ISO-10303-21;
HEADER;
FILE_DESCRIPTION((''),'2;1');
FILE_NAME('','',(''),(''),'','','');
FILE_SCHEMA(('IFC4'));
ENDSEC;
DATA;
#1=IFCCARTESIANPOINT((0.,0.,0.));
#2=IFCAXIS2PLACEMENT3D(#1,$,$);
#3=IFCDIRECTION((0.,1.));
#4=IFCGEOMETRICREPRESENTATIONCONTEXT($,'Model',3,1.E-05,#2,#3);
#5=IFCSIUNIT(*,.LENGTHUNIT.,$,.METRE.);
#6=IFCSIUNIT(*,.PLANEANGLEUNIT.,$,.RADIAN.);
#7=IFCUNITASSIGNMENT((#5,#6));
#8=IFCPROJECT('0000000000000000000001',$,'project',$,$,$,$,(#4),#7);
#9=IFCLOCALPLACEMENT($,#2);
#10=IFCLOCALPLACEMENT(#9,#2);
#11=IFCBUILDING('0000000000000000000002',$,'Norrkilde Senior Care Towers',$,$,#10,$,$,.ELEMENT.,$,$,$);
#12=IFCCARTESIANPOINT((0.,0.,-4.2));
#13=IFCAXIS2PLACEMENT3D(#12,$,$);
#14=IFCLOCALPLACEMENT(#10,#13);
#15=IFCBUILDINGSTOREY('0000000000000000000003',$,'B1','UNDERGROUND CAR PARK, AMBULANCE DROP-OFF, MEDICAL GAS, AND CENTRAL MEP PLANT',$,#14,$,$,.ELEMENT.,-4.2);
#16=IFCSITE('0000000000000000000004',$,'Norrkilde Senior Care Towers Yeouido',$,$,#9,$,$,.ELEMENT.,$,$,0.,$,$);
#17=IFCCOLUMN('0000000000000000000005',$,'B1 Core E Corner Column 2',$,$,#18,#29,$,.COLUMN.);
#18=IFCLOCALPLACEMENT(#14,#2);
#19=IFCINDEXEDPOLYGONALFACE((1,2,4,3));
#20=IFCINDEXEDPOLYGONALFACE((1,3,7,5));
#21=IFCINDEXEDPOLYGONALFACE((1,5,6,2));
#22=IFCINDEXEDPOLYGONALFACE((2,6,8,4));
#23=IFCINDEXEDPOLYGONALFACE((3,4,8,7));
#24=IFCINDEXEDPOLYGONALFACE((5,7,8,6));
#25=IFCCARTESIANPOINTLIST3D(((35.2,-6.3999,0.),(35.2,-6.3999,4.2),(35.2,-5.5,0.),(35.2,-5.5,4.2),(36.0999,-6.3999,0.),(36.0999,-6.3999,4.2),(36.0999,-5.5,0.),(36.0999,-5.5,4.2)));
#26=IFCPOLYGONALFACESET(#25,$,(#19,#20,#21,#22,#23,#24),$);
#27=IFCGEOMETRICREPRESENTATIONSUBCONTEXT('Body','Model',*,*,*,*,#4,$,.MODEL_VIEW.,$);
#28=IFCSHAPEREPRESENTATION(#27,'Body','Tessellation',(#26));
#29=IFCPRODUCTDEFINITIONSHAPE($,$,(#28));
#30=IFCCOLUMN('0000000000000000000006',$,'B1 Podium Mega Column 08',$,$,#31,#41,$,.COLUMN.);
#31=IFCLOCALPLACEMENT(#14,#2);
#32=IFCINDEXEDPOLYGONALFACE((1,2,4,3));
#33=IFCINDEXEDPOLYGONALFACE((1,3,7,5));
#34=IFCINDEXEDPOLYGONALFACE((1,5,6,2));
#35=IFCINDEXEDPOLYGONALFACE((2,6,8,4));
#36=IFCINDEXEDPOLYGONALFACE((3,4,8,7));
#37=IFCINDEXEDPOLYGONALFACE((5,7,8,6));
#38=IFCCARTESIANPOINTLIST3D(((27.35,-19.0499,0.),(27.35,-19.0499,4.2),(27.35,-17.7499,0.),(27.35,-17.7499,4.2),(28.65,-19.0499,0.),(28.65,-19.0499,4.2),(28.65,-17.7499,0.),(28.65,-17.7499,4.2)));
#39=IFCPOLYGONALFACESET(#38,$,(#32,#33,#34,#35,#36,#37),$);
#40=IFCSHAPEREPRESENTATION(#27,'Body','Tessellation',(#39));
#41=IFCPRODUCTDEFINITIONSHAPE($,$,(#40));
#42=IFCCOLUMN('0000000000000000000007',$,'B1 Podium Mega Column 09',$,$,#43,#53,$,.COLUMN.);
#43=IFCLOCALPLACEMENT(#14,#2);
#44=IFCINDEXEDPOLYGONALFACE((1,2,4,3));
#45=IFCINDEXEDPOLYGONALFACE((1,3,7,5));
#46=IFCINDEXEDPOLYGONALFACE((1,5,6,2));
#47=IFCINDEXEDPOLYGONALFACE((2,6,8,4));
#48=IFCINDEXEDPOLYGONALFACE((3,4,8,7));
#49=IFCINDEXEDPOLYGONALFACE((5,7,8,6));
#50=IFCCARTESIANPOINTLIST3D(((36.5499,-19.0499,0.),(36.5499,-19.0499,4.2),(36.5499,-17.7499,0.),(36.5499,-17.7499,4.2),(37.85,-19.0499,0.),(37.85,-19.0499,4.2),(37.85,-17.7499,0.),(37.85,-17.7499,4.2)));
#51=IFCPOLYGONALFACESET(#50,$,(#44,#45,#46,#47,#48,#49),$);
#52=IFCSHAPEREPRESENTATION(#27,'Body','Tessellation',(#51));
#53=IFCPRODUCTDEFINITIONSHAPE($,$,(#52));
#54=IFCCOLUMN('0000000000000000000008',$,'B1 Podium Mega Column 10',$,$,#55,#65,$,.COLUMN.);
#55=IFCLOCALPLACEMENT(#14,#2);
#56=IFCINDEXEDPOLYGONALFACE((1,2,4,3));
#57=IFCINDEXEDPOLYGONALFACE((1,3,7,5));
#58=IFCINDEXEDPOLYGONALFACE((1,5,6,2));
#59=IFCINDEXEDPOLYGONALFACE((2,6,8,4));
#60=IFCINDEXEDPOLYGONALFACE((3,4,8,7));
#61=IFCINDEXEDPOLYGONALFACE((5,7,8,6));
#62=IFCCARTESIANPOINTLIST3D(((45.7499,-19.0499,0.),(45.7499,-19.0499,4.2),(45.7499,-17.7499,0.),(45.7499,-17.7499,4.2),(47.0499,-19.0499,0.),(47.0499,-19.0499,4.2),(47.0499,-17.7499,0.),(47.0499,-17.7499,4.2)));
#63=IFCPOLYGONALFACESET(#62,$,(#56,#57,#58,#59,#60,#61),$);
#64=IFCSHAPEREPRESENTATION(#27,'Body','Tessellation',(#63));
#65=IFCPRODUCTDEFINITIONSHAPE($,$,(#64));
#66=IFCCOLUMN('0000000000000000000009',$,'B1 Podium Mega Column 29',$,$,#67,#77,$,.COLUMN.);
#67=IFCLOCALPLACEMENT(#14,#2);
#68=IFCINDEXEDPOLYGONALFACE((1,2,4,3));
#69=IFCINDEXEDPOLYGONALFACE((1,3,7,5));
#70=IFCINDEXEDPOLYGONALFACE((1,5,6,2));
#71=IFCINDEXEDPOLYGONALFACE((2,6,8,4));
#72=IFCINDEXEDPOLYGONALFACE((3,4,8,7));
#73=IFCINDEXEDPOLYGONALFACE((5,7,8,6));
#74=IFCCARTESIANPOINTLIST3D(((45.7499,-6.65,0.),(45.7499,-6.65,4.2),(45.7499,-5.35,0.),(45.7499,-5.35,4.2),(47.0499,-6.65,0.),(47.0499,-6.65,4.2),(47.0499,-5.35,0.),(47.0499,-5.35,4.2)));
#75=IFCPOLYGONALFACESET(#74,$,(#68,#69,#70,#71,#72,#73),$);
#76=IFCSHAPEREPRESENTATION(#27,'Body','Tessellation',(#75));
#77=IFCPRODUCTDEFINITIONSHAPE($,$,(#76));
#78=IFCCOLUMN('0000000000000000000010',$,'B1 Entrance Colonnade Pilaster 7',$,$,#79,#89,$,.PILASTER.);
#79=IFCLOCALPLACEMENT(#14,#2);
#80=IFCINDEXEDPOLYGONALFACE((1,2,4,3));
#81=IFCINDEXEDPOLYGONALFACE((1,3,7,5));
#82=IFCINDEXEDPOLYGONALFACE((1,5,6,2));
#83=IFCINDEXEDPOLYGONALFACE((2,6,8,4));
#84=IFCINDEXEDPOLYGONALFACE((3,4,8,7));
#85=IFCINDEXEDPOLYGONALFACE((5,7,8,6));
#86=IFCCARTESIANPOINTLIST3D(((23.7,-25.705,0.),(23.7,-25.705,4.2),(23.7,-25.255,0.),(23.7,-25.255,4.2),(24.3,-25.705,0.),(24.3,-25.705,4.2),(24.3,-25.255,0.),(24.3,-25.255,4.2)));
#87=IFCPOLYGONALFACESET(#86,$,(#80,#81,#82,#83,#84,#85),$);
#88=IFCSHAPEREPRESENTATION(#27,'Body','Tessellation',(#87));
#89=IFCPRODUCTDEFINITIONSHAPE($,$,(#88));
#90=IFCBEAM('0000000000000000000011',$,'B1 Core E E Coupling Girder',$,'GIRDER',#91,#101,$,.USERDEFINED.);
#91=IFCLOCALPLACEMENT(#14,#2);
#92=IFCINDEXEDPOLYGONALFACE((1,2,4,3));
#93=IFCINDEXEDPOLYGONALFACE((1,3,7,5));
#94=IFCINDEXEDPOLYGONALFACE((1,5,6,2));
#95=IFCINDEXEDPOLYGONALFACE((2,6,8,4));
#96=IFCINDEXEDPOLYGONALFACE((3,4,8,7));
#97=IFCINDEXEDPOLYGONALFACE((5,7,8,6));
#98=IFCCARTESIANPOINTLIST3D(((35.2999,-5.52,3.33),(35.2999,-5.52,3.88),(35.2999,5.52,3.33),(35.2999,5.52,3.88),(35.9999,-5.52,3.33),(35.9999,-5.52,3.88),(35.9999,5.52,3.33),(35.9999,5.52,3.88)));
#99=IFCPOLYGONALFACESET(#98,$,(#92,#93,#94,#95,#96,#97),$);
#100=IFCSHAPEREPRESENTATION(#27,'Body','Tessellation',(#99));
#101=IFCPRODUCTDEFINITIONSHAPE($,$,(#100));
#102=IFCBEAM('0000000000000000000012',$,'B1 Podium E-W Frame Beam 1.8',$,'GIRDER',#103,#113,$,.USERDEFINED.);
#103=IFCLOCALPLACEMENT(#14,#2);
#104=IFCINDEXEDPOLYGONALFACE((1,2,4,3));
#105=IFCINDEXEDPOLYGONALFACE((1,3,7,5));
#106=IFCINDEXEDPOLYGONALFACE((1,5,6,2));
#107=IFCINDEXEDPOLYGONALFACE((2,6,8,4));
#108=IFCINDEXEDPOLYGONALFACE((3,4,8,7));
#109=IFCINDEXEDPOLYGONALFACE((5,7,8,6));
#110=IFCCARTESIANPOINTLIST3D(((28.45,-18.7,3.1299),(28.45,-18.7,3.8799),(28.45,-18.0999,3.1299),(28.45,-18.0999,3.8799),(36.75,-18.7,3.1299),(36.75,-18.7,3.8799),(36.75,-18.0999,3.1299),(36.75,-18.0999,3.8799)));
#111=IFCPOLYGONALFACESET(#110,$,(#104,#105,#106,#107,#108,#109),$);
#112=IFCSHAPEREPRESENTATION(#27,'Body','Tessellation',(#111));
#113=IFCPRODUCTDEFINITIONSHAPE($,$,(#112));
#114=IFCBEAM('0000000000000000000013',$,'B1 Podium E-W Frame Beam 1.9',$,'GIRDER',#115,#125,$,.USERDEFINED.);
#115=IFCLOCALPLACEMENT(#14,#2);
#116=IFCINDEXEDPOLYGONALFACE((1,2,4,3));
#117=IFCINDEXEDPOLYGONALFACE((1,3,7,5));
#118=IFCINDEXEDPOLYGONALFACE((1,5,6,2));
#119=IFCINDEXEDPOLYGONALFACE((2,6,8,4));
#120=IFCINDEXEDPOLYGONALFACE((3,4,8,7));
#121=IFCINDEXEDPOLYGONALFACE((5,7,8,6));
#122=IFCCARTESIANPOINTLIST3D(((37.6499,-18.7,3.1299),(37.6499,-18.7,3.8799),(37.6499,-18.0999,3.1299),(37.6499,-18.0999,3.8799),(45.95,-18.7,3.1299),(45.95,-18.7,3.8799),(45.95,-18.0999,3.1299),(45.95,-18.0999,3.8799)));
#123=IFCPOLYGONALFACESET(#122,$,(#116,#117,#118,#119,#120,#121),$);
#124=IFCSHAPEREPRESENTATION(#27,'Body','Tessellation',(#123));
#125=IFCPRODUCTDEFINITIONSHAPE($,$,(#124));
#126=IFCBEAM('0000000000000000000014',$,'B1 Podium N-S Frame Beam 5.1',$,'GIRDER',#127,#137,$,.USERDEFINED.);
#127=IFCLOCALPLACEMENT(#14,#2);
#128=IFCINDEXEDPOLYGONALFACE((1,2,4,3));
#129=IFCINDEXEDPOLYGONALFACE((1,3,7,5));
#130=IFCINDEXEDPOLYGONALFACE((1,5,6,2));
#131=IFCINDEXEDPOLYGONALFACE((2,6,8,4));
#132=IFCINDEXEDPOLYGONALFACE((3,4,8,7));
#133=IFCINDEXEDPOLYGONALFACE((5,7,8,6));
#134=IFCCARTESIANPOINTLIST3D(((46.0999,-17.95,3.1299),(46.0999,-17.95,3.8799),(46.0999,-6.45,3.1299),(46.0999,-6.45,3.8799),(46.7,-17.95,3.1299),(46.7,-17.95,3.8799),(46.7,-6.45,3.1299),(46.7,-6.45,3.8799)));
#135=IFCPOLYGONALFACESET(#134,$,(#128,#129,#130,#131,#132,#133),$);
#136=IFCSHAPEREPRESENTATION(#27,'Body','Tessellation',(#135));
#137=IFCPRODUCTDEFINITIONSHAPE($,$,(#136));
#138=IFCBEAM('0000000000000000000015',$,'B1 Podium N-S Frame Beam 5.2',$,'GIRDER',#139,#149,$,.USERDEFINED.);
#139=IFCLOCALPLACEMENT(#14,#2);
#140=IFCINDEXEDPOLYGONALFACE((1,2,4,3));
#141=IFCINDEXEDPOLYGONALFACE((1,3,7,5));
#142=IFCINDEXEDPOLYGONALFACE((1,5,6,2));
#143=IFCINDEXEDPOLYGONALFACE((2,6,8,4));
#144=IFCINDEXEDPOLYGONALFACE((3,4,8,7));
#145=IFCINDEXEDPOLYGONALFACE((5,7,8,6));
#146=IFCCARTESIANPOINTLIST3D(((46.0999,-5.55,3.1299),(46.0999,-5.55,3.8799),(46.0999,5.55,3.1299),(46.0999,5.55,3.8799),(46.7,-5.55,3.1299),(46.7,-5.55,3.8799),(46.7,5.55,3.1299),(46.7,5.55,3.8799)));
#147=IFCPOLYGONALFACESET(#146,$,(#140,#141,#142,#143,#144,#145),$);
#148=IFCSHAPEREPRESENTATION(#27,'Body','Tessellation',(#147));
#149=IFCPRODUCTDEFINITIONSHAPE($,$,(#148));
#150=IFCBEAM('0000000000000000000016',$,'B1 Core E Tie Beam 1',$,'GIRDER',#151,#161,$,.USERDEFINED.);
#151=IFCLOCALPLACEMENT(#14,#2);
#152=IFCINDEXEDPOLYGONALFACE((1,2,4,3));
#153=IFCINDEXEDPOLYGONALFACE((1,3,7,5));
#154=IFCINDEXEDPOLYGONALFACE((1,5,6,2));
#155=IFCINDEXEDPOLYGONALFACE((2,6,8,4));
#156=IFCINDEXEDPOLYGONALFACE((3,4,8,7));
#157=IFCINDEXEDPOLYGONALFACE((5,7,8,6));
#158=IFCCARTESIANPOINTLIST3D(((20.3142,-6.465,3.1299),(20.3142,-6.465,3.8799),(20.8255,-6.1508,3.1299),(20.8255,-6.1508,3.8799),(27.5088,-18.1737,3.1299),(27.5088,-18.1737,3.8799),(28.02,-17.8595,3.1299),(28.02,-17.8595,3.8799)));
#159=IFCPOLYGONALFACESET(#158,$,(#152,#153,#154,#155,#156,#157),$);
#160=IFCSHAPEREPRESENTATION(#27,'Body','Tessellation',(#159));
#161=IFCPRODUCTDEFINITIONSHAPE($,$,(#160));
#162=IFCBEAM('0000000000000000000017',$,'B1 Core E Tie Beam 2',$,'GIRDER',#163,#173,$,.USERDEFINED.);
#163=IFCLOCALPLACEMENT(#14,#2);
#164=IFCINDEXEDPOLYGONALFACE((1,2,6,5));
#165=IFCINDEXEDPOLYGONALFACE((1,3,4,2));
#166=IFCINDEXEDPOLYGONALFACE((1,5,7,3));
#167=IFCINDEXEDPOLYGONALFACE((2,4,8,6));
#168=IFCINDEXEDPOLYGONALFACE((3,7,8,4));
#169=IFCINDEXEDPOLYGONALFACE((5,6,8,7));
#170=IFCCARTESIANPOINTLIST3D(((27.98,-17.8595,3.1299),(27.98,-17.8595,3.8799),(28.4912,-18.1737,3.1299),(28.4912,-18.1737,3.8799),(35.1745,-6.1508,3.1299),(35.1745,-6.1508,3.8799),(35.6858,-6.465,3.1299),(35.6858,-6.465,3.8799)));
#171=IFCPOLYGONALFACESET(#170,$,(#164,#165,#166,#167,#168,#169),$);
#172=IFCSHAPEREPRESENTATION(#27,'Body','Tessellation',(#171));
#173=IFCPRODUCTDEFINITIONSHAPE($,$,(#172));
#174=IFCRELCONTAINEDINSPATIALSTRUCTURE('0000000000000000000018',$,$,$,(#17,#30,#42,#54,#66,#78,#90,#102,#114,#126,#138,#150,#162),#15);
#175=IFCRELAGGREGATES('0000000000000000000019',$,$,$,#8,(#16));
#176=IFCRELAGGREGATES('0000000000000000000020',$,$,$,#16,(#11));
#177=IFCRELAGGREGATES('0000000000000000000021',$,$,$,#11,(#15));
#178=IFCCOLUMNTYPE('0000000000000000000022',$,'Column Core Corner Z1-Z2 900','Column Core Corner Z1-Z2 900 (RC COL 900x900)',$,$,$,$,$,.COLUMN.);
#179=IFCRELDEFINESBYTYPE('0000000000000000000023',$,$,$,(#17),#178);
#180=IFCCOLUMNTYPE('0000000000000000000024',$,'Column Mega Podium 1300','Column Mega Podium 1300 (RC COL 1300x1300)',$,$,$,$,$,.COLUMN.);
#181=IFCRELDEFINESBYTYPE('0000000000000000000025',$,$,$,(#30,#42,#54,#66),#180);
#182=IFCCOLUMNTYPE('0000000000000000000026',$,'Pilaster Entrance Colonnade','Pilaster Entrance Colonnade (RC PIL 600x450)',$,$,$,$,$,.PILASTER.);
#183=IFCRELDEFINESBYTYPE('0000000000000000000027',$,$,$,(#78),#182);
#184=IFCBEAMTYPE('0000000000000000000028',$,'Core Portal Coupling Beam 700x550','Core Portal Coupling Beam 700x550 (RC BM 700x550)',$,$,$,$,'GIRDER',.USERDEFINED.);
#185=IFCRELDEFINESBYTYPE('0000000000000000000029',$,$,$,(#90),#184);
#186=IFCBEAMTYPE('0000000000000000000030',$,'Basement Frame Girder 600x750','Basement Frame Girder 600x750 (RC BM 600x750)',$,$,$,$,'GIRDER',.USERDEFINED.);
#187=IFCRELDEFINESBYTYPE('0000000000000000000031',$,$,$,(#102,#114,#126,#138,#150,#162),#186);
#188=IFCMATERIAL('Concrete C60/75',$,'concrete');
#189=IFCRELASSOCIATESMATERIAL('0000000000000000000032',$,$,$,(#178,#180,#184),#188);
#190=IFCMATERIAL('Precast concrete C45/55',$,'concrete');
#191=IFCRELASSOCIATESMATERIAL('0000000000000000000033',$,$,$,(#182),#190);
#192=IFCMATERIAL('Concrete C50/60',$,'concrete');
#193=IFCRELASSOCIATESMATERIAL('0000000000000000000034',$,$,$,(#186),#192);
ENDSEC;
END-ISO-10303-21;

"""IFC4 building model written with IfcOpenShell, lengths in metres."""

from ifc_helpers import new_model, si_unit, direction, frame, origin, origin_2d, place, context, subcontext, project, spatial, rectangle, extrude, source, transform, mapped, material, material_profile, profile_set, type_object, type_shapes, element, save


model = new_model("IFC4")

# Units and contexts
model_context = context("Model", 3, precision=1e-05, world=origin(), true_north=direction((0.0, 1.0)))
body_context = subcontext(model_context, "Body", "Model", "MODEL_VIEW")
ifc_project = project(units=[si_unit("LENGTHUNIT", "METRE"), si_unit("PLANEANGLEUNIT", "RADIAN")], contexts=[model_context])

# Site, building, storey
site_placement = place(None, origin())
site = spatial("IfcSite", under=ifc_project, at=site_placement, Name="Norrkilde Senior Care Towers Yeouido", CompositionType="ELEMENT", RefElevation=0.0)
building_placement = place(site_placement, origin())
building = spatial("IfcBuilding", under=site, at=building_placement, Name="Norrkilde Senior Care Towers", CompositionType="ELEMENT")
storey_placement = place(building_placement, frame((0.0, 0.0, -4.2)))
storey = spatial("IfcBuildingStorey", under=building, at=storey_placement, Name="B1", Description="UNDERGROUND CAR PARK, AMBULANCE DROP-OFF, MEDICAL GAS, AND CENTRAL MEP PLANT", CompositionType="ELEMENT", Elevation=-4.2)

# Columns
ifc_material_1 = material(Name="Concrete C60/75", Category="concrete")
ifc_material_profile_1 = material_profile(ifc_material_1, rectangle(XDim=0.8999, YDim=0.8999, at=origin_2d()), Name="RC COL 900x900")
ifc_profile_set_1 = profile_set([ifc_material_profile_1], Name="Concrete C60/75")
column_type_1 = type_object("IfcColumnType", Name="Column Core Corner Z1-Z2 900", Description="Column Core Corner Z1-Z2 900 (RC COL 900x900)", PredefinedType="COLUMN", material=ifc_profile_set_1)
shared_shape_1 = source(origin(), body_context, "Body", "SweptSolid", [
    extrude(rectangle(XDim=0.8999, YDim=0.8999, at=origin_2d()), origin(), (0.0, 0.0, 1.0), 4.2),
])
type_shapes(column_type_1, [shared_shape_1])
column_1_placement = place(storey_placement, frame((35.6499, -5.95, 0.0), z_axis=(0.0, 0.0, 1.0), x_axis=(1.0, 0.0, 0.0)))
element("IfcColumn", 1, at=column_1_placement, inside=storey, type_object=column_type_1, Name="B1 Core E Corner Column 2", PredefinedType="COLUMN", context=body_context, shape_type="MappedRepresentation", body=[
    mapped(shared_shape_1, transform((0.0, 0.0, 0.0), x_axis=(1.0, 0.0, 0.0), y_axis=(0.0, 1.0, 0.0), z_axis=(0.0, 0.0, 1.0), scale=1.0)),
])
ifc_material_profile_2 = material_profile(ifc_material_1, rectangle(XDim=1.3, YDim=1.3, at=origin_2d()), Name="RC COL 1300x1300")
ifc_profile_set_2 = profile_set([ifc_material_profile_2], Name="Concrete C60/75")
column_type_2 = type_object("IfcColumnType", Name="Column Mega Podium 1300", Description="Column Mega Podium 1300 (RC COL 1300x1300)", PredefinedType="COLUMN", material=ifc_profile_set_2)
shared_shape_2 = source(origin(), body_context, "Body", "SweptSolid", [
    extrude(rectangle(XDim=1.3, YDim=1.3, at=origin_2d()), origin(), (0.0, 0.0, 1.0), 4.2),
])
type_shapes(column_type_2, [shared_shape_2])
for number, where, z_axis, x_axis, name in (
    (2, (28.0, -18.3999, 0.0), (0.0, 0.0, 1.0), (1.0, 0.0, 0.0), "B1 Podium Mega Column 08"),
    (3, (37.2, -18.3999, 0.0), (0.0, 0.0, 1.0), (1.0, 0.0, 0.0), "B1 Podium Mega Column 09"),
    (4, (46.3999, -18.3999, 0.0), (0.0, 0.0, 1.0), (1.0, 0.0, 0.0), "B1 Podium Mega Column 10"),
    (5, (46.3999, -6.0, 0.0), (0.0, 0.0, 1.0), (1.0, 0.0, 0.0), "B1 Podium Mega Column 29"),
):
    element("IfcColumn", number, at=place(storey_placement, frame(where, z_axis=z_axis, x_axis=x_axis)), inside=storey, type_object=column_type_2, Name=name, PredefinedType="COLUMN", context=body_context, shape_type="MappedRepresentation", body=[
        mapped(shared_shape_2, transform((0.0, 0.0, 0.0), x_axis=(1.0, 0.0, 0.0), y_axis=(0.0, 1.0, 0.0), z_axis=(0.0, 0.0, 1.0), scale=1.0)),
    ])
ifc_material_2 = material(Name="Precast concrete C45/55", Category="concrete")
ifc_material_profile_3 = material_profile(ifc_material_2, rectangle(XDim=0.6001, YDim=0.45, at=origin_2d()), Name="RC PIL 600x450")
ifc_profile_set_3 = profile_set([ifc_material_profile_3], Name="Precast concrete C45/55")
column_type_3 = type_object("IfcColumnType", Name="Pilaster Entrance Colonnade", Description="Pilaster Entrance Colonnade (RC PIL 600x450)", PredefinedType="PILASTER", material=ifc_profile_set_3)
shared_shape_3 = source(origin(), body_context, "Body", "SweptSolid", [
    extrude(rectangle(XDim=0.6001, YDim=0.45, at=origin_2d()), origin(), (0.0, 0.0, 1.0), 4.2),
])
type_shapes(column_type_3, [shared_shape_3])
column_2_placement = place(storey_placement, frame((24.0, -25.48, 0.0), z_axis=(0.0, 0.0, 1.0), x_axis=(1.0, 0.0, 0.0)))
element("IfcColumn", 6, at=column_2_placement, inside=storey, type_object=column_type_3, Name="B1 Entrance Colonnade Pilaster 7", PredefinedType="PILASTER", context=body_context, shape_type="MappedRepresentation", body=[
    mapped(shared_shape_3, transform((0.0, 0.0, 0.0), x_axis=(1.0, 0.0, 0.0), y_axis=(0.0, 1.0, 0.0), z_axis=(0.0, 0.0, 1.0), scale=1.0)),
])

# Beams
ifc_material_profile_4 = material_profile(ifc_material_1, rectangle(XDim=0.7, YDim=0.55, at=origin_2d()), Name="RC BM 700x550")
ifc_profile_set_4 = profile_set([ifc_material_profile_4], Name="Concrete C60/75")
beam_type_1 = type_object("IfcBeamType", Name="Core Portal Coupling Beam 700x550", Description="Core Portal Coupling Beam 700x550 (RC BM 700x550)", ElementType="GIRDER", PredefinedType="USERDEFINED", material=ifc_profile_set_4)
shared_shape_4 = source(origin(), body_context, "Body", "SweptSolid", [
    extrude(rectangle(XDim=0.7, YDim=0.55, at=origin_2d()), origin(), (0.0, 0.0, 1.0), 11.04),
])
type_shapes(beam_type_1, [shared_shape_4])
beam_1_placement = place(storey_placement, frame((35.6499, -5.52, 3.605), z_axis=(0.0, 1.0, 0.0), x_axis=(-1.0, 0.0, 0.0)))
element("IfcBeam", 7, at=beam_1_placement, inside=storey, type_object=beam_type_1, Name="B1 Core E E Coupling Girder", ObjectType="GIRDER", PredefinedType="USERDEFINED", context=body_context, shape_type="MappedRepresentation", body=[
    mapped(shared_shape_4, transform((0.0, 0.0, 0.0), x_axis=(1.0, 0.0, 0.0), y_axis=(0.0, 1.0, 0.0), z_axis=(0.0, 0.0, 1.0), scale=1.0)),
])
ifc_material_3 = material(Name="Concrete C50/60", Category="concrete")
ifc_material_profile_5 = material_profile(ifc_material_3, rectangle(XDim=0.6001, YDim=0.75, at=origin_2d()), Name="RC BM 600x750")
ifc_profile_set_5 = profile_set([ifc_material_profile_5], Name="Concrete C50/60")
beam_type_2 = type_object("IfcBeamType", Name="Basement Frame Girder 600x750", Description="Basement Frame Girder 600x750 (RC BM 600x750)", ElementType="GIRDER", PredefinedType="USERDEFINED", material=ifc_profile_set_5)
shared_shape_5 = source(origin(), body_context, "Body", "SweptSolid", [
    extrude(rectangle(XDim=0.6001, YDim=0.75, at=origin_2d()), origin(), (0.0, 0.0, 1.0), 8.3),
])
for number, where, z_axis, x_axis, name in (
    (8, (28.45, -18.3999, 3.5049), (1.0, 0.0, 0.0), (0.0, 1.0, 0.0), "B1 Podium E-W Frame Beam 1.8"),
    (9, (37.6499, -18.3999, 3.5049), (1.0, 0.0, 0.0), (0.0, 1.0, 0.0), "B1 Podium E-W Frame Beam 1.9"),
):
    element("IfcBeam", number, at=place(storey_placement, frame(where, z_axis=z_axis, x_axis=x_axis)), inside=storey, type_object=beam_type_2, Name=name, ObjectType="GIRDER", PredefinedType="USERDEFINED", context=body_context, shape_type="MappedRepresentation", body=[
        mapped(shared_shape_5, transform((0.0, 0.0, 0.0), x_axis=(1.0, 0.0, 0.0), y_axis=(0.0, 1.0, 0.0), z_axis=(0.0, 0.0, 1.0), scale=1.0)),
    ])
shared_shape_6 = source(origin(), body_context, "Body", "SweptSolid", [
    extrude(rectangle(XDim=0.6001, YDim=0.75, at=origin_2d()), origin(), (0.0, 0.0, 1.0), 11.5),
])
beam_2_placement = place(storey_placement, frame((46.3999, -17.95, 3.5049), z_axis=(0.0, 1.0, 0.0), x_axis=(-1.0, 0.0, 0.0)))
element("IfcBeam", 10, at=beam_2_placement, inside=storey, type_object=beam_type_2, Name="B1 Podium N-S Frame Beam 5.1", ObjectType="GIRDER", PredefinedType="USERDEFINED", context=body_context, shape_type="MappedRepresentation", body=[
    mapped(shared_shape_6, transform((0.0, 0.0, 0.0), x_axis=(1.0, 0.0, 0.0), y_axis=(0.0, 1.0, 0.0), z_axis=(0.0, 0.0, 1.0), scale=1.0)),
])
shared_shape_7 = source(origin(), body_context, "Body", "SweptSolid", [
    extrude(rectangle(XDim=0.6001, YDim=0.75, at=origin_2d()), origin(), (0.0, 0.0, 1.0), 11.1001),
])
beam_3_placement = place(storey_placement, frame((46.3999, -5.55, 3.5049), z_axis=(0.0, 1.0, 0.0), x_axis=(-1.0, 0.0, 0.0)))
element("IfcBeam", 11, at=beam_3_placement, inside=storey, type_object=beam_type_2, Name="B1 Podium N-S Frame Beam 5.2", ObjectType="GIRDER", PredefinedType="USERDEFINED", context=body_context, shape_type="MappedRepresentation", body=[
    mapped(shared_shape_7, transform((0.0, 0.0, 0.0), x_axis=(1.0, 0.0, 0.0), y_axis=(0.0, 1.0, 0.0), z_axis=(0.0, 0.0, 1.0), scale=1.0)),
])
shared_shape_8 = source(origin(), body_context, "Body", "SweptSolid", [
    extrude(rectangle(XDim=0.6001, YDim=0.75, at=origin_2d()), origin(), (0.0, 0.0, 1.0), 13.7424),
])
for number, where, z_axis, x_axis, name in (
    (12, (27.7644, -18.0166, 3.5049), (-0.523527, 0.852009, 0.0), (-0.852009, -0.523527, 0.0), "B1 Core E Tie Beam 1"),
    (13, (28.2356, -18.0166, 3.5049), (0.523527, 0.852009, 0.0), (-0.852009, 0.523527, 0.0), "B1 Core E Tie Beam 2"),
):
    element("IfcBeam", number, at=place(storey_placement, frame(where, z_axis=z_axis, x_axis=x_axis)), inside=storey, type_object=beam_type_2, Name=name, ObjectType="GIRDER", PredefinedType="USERDEFINED", context=body_context, shape_type="MappedRepresentation", body=[
        mapped(shared_shape_8, transform((0.0, 0.0, 0.0), x_axis=(1.0, 0.0, 0.0), y_axis=(0.0, 1.0, 0.0), z_axis=(0.0, 0.0, 1.0), scale=1.0)),
    ])

save(model, "model.ifc")
